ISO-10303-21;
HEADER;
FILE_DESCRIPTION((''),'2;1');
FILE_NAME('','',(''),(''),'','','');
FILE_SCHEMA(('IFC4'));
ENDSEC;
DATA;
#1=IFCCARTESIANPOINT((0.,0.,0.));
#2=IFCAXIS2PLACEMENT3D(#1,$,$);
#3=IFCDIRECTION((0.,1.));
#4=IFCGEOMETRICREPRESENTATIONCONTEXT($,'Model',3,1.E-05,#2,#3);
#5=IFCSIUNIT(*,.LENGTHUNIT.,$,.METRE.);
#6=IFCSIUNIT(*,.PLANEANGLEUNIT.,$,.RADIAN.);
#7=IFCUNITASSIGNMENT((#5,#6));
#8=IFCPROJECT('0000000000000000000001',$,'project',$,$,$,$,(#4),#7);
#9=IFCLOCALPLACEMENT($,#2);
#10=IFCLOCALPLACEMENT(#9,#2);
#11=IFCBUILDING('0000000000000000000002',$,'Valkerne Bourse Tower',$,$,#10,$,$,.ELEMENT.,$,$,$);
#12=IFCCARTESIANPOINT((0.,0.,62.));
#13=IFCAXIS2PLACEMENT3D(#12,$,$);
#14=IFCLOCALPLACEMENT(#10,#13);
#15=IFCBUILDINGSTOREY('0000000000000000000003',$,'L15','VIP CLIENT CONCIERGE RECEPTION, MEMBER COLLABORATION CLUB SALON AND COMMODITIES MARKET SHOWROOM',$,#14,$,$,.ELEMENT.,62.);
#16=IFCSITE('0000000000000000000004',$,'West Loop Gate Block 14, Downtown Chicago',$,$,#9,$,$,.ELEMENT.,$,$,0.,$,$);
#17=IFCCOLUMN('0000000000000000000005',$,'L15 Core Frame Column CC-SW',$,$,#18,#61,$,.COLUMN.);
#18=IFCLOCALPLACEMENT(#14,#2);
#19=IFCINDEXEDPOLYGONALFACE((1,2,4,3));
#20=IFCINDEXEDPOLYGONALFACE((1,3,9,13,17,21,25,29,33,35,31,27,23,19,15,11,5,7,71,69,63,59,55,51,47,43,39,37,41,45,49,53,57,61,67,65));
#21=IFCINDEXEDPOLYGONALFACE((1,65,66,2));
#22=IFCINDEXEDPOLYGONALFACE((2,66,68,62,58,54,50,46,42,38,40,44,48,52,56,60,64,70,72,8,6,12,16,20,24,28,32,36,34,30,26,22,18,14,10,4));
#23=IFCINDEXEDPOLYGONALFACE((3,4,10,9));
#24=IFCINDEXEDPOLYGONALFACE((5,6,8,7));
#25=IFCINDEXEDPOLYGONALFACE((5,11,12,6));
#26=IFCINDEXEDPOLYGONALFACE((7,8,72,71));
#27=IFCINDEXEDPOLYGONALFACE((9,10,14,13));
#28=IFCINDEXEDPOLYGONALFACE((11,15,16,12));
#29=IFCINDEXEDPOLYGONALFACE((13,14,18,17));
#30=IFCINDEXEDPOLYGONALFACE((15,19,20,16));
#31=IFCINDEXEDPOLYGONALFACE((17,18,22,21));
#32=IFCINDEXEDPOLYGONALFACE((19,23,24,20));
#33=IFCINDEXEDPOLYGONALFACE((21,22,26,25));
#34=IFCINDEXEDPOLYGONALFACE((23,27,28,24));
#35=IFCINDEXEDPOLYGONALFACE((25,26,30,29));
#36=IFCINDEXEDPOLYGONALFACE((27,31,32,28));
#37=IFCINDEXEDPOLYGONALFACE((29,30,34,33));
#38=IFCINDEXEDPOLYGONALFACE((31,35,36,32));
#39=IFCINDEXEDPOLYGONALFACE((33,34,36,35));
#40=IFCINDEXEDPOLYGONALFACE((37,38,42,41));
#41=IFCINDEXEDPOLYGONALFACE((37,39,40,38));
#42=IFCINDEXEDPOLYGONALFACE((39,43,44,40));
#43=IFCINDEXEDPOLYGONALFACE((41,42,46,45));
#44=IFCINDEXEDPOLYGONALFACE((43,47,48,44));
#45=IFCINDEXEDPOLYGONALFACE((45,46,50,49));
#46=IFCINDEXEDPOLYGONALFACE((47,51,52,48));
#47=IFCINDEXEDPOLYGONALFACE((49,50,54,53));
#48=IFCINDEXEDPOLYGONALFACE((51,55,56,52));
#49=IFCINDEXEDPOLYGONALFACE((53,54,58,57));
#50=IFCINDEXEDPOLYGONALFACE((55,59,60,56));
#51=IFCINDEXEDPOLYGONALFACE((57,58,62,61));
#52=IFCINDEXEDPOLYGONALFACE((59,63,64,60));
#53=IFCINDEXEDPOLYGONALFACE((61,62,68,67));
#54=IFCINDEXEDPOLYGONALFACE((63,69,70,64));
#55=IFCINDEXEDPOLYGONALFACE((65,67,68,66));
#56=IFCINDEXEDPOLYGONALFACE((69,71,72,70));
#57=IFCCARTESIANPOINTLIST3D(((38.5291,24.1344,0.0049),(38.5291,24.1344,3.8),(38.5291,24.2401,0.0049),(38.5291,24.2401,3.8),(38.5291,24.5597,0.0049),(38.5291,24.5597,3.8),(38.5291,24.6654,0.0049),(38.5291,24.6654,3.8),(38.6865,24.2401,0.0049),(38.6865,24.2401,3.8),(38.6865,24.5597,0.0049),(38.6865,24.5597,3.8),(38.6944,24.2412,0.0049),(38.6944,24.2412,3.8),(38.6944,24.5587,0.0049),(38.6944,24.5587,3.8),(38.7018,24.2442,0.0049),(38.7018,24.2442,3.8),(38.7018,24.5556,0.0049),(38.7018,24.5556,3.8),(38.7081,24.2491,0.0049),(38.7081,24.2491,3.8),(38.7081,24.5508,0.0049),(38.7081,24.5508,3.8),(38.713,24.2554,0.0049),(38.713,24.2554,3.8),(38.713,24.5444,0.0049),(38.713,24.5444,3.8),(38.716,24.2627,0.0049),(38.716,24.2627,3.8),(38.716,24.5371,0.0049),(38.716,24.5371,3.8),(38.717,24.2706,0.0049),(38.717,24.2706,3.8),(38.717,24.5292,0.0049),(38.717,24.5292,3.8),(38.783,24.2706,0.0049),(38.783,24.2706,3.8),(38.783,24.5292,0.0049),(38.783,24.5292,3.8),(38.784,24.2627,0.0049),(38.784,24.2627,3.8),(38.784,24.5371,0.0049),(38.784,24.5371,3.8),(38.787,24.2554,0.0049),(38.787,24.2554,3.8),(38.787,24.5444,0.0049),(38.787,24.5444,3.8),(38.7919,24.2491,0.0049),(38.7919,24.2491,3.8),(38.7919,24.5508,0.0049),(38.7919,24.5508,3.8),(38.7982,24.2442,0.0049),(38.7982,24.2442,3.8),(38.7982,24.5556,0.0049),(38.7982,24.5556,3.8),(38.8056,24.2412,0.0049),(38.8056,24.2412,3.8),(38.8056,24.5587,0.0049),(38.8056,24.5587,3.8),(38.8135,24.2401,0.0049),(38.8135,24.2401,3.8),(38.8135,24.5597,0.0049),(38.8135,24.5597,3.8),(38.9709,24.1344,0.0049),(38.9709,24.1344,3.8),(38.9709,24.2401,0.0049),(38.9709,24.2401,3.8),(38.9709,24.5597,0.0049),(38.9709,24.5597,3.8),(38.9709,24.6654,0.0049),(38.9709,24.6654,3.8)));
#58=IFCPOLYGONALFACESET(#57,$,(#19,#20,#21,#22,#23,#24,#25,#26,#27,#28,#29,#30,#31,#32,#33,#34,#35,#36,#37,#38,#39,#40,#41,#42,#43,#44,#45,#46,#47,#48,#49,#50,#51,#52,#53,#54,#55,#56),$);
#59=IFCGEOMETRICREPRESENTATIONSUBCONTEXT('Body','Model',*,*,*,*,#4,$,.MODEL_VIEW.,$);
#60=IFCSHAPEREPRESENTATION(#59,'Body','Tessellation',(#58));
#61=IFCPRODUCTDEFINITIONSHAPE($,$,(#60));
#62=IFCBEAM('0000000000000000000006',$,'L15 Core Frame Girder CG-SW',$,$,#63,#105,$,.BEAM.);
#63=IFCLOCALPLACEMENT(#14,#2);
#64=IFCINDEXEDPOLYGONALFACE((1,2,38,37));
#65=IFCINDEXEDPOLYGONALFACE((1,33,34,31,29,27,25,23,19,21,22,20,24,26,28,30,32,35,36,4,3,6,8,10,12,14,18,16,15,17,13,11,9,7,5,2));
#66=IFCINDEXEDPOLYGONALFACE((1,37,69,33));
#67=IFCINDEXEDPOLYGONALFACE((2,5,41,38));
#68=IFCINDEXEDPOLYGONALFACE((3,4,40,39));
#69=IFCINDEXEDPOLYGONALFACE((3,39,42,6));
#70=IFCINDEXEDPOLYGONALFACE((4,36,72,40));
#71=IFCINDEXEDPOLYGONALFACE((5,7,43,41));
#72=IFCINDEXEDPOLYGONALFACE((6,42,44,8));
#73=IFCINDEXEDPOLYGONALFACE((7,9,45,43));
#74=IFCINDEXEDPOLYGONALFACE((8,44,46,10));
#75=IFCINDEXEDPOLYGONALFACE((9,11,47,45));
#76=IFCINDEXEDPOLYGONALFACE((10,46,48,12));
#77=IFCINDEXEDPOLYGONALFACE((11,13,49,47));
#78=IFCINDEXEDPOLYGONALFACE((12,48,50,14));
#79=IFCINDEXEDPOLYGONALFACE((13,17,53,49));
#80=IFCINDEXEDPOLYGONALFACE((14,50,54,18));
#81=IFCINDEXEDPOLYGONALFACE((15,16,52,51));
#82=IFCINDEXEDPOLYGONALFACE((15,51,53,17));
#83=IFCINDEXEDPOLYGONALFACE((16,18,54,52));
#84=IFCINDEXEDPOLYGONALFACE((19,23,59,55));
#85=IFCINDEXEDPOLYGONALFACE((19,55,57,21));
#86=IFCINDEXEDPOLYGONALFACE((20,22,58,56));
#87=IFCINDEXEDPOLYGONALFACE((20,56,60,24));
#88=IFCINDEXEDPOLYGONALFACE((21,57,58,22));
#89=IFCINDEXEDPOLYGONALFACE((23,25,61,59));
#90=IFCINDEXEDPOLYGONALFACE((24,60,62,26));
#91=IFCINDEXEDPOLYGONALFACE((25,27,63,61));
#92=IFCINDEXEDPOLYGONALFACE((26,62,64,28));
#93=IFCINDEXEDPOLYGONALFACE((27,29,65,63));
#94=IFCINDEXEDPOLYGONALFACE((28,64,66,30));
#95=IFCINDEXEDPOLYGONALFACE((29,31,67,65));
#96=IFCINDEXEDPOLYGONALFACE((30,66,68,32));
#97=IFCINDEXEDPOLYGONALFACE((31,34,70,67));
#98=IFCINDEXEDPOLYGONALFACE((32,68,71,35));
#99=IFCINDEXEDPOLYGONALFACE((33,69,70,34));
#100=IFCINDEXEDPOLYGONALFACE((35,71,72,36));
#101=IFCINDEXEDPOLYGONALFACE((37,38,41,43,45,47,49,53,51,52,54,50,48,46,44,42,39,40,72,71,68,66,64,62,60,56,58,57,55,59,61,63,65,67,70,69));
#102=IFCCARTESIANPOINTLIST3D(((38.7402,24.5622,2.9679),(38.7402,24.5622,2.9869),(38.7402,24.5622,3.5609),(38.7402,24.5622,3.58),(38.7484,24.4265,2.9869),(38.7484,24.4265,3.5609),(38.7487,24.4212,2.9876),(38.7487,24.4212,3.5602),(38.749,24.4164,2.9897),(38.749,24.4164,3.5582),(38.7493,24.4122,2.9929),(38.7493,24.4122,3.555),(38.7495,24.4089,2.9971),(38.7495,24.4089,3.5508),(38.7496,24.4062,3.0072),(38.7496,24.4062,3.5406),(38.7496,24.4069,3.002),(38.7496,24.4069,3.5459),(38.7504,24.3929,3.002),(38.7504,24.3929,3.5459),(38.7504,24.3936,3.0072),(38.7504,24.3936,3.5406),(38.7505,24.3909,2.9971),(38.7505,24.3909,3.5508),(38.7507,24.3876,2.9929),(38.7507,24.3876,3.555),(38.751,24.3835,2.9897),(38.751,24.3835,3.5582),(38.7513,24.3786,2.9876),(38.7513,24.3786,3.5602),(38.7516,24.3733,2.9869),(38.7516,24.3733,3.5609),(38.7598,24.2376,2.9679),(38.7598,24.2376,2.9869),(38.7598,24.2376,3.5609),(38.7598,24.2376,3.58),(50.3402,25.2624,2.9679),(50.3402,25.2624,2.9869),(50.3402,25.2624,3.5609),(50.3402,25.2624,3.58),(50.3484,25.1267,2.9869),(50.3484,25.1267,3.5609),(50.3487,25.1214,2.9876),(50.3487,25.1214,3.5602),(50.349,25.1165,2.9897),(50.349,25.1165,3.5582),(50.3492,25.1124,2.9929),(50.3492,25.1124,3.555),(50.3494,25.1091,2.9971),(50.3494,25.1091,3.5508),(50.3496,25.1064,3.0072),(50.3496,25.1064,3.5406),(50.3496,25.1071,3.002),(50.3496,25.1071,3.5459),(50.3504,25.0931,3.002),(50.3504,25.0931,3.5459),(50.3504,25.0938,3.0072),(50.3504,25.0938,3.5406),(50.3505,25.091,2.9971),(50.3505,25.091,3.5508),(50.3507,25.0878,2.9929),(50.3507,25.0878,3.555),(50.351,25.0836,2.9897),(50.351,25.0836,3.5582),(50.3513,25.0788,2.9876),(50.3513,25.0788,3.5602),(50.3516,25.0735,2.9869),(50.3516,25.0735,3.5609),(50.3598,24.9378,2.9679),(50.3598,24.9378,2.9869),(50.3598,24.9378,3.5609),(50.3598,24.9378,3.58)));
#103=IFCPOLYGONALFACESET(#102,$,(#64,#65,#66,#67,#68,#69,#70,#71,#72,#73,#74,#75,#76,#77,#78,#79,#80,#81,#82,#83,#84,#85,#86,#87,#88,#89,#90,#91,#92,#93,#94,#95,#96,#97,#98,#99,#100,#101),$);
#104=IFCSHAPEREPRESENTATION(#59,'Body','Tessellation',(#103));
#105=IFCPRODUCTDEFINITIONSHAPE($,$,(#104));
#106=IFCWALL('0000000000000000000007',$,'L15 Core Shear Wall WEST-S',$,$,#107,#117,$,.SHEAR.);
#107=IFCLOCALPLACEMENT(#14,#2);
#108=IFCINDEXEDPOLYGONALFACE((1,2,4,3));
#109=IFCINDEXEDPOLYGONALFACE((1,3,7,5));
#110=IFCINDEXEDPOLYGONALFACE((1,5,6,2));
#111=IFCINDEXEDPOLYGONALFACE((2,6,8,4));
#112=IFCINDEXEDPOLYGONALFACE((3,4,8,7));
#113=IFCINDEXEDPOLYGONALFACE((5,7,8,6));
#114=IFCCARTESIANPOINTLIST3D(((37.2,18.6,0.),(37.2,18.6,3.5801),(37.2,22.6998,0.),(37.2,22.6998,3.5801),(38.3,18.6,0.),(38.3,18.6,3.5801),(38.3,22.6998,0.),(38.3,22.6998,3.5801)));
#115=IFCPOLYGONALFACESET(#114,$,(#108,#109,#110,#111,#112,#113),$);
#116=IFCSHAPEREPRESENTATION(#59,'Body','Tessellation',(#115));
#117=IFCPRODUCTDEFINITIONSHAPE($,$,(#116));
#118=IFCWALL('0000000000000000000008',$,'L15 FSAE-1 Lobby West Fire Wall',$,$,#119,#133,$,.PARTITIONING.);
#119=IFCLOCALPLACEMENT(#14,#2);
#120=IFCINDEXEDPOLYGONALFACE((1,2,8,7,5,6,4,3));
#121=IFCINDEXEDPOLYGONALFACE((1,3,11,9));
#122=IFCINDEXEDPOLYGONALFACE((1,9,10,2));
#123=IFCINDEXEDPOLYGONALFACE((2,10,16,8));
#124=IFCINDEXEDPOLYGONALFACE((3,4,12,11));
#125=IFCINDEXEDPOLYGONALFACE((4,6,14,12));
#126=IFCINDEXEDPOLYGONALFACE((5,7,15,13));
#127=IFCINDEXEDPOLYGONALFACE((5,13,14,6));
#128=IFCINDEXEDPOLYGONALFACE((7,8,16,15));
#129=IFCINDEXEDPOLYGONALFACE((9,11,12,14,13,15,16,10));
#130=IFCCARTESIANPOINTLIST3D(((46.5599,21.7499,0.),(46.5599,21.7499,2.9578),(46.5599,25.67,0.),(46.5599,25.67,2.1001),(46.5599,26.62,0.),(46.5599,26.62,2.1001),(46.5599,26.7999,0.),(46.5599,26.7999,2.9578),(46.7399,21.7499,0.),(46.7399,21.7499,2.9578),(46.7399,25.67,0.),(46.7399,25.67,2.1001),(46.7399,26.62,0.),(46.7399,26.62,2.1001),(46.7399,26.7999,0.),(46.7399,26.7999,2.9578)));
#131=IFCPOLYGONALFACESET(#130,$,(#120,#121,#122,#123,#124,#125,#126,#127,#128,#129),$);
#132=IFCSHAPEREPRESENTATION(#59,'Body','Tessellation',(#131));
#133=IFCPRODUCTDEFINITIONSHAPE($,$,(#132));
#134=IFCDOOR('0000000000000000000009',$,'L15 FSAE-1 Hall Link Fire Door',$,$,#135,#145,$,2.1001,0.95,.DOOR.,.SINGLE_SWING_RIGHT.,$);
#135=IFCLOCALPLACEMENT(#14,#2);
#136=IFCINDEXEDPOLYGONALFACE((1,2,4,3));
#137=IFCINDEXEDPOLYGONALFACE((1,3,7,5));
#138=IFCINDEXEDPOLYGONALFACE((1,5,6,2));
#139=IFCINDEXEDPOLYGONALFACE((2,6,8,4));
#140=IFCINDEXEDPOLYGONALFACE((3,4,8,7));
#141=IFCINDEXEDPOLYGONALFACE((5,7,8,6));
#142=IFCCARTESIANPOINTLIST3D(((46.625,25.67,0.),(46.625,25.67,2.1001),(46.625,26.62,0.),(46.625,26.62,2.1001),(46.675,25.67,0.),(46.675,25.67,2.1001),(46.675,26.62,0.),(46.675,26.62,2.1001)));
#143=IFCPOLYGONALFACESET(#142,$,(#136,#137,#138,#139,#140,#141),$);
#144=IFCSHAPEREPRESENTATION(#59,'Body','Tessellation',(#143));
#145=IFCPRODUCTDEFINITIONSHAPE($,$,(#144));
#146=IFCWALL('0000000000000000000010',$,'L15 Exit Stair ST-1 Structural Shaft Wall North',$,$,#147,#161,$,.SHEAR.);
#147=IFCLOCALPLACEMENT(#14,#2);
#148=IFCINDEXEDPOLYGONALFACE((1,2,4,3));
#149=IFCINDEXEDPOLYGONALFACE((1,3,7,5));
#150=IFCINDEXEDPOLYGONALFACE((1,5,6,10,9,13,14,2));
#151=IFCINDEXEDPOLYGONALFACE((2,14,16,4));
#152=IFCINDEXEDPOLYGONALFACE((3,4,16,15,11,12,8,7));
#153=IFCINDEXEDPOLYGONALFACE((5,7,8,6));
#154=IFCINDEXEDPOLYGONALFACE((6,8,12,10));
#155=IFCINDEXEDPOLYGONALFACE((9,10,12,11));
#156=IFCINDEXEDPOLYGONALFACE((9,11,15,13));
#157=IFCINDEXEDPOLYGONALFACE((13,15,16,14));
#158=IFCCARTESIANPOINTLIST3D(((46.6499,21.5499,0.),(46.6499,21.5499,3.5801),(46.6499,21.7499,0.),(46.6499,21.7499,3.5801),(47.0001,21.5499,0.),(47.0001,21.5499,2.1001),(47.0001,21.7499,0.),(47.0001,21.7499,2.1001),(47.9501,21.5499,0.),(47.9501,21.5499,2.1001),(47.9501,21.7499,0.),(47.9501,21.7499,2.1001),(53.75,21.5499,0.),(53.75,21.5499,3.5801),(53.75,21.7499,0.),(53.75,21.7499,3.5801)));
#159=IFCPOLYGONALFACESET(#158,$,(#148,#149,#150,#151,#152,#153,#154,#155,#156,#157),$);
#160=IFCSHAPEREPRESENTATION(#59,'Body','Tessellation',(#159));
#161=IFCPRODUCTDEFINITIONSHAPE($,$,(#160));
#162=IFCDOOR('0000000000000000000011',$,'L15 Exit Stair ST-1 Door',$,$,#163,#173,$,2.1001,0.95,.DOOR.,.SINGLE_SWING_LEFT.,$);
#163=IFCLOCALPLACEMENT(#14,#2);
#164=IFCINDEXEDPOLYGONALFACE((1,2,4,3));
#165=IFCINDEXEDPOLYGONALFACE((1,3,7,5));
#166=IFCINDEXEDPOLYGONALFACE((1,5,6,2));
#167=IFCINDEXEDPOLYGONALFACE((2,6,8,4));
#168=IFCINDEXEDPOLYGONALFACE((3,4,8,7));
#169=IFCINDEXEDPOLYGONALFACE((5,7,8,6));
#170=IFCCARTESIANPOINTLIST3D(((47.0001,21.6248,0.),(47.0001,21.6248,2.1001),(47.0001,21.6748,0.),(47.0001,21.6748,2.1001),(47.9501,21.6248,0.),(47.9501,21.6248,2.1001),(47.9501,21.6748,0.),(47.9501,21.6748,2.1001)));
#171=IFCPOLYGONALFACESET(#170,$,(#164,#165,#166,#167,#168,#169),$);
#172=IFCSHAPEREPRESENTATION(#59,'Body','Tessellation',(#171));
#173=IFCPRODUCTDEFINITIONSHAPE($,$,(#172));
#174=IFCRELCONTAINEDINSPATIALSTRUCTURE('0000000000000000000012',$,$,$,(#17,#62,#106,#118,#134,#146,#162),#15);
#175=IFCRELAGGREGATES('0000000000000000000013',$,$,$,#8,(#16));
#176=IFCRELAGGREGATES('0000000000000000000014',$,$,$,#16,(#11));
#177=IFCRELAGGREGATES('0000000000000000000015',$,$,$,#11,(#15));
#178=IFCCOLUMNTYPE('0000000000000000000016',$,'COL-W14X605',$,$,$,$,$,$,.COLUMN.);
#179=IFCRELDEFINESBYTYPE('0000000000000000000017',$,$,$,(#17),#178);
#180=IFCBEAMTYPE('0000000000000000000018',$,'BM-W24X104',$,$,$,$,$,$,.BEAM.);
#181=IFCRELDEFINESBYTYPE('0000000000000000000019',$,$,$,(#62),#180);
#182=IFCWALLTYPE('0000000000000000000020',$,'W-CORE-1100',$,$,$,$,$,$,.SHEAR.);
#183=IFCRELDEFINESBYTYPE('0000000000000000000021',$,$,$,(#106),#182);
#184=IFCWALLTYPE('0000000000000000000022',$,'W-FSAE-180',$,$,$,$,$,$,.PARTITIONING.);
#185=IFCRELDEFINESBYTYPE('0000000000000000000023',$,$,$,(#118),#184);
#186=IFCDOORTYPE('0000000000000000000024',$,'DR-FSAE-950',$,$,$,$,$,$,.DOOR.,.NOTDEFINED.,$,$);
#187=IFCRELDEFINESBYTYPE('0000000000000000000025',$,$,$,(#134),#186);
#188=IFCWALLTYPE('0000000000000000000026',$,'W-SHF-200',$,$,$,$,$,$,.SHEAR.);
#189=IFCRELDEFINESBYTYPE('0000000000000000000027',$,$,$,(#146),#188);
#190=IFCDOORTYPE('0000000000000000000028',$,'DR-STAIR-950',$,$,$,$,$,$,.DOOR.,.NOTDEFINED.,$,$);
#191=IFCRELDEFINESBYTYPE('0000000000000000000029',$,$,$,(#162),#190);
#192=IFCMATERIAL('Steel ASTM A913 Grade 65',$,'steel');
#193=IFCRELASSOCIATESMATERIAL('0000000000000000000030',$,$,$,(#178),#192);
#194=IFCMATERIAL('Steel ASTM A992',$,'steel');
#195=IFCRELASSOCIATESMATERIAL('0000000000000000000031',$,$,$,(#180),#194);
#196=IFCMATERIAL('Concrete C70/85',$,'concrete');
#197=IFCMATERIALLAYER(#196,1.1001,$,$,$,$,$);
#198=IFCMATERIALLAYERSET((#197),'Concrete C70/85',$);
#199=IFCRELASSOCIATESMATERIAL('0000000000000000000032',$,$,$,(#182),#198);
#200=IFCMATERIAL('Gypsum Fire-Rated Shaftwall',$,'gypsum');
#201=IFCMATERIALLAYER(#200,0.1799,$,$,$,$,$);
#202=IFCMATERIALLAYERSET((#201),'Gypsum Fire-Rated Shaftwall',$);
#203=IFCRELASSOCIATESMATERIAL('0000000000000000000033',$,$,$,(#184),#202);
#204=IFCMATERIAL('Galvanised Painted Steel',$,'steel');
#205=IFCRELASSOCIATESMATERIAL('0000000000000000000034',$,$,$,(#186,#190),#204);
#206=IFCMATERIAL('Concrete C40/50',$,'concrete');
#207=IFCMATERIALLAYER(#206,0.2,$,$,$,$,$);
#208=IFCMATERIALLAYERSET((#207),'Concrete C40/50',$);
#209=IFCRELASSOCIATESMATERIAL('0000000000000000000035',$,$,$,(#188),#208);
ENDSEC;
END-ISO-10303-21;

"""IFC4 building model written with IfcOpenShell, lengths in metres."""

from ifc_helpers import new_model, si_unit, direction, frame, frame_2d, origin, origin_2d, place, context, subcontext, project, spatial, rectangle, i_section, extrude, material, layer, layer_set, material_profile, profile_set, type_object, element, fill, save


model = new_model("IFC4")

# Units and contexts
model_context = context("Model", 3, precision=1e-05, world=origin(), true_north=direction((0.0, 1.0)))
body_context = subcontext(model_context, "Body", "Model", "MODEL_VIEW")
ifc_project = project(units=[si_unit("LENGTHUNIT", "METRE"), si_unit("PLANEANGLEUNIT", "RADIAN")], contexts=[model_context])

# Site, building, storey
site_placement = place(None, origin())
site = spatial("IfcSite", under=ifc_project, at=site_placement, Name="West Loop Gate Block 14, Downtown Chicago", CompositionType="ELEMENT", RefElevation=0.0)
building_placement = place(site_placement, origin())
building = spatial("IfcBuilding", under=site, at=building_placement, Name="Valkerne Bourse Tower", CompositionType="ELEMENT")
storey_placement = place(building_placement, frame((0.0, 0.0, 62.0)))
storey = spatial("IfcBuildingStorey", under=building, at=storey_placement, Name="L15", Description="VIP CLIENT CONCIERGE RECEPTION, MEMBER COLLABORATION CLUB SALON AND COMMODITIES MARKET SHOWROOM", CompositionType="ELEMENT", Elevation=62.0)

# Column
ifc_material_1 = material(Name="Steel ASTM A913 Grade 65", Category="steel")
ifc_material_profile_1 = material_profile(ifc_material_1, i_section(OverallWidth=0.4419, OverallDepth=0.531, WebThickness=0.0659, FlangeThickness=0.1057, FilletRadius=0.0305, at=origin_2d()), Name="W14X605")
ifc_profile_set_1 = profile_set([ifc_material_profile_1], Name="Steel ASTM A913 Grade 65")
column_type = type_object("IfcColumnType", Name="COL-W14X605", PredefinedType="COLUMN", material=ifc_profile_set_1)
column_placement = place(storey_placement, frame((38.75, 24.3999, 0.0049), z_axis=(0.0, 0.0, 1.0), x_axis=(1.0, 0.0, 0.0)))
element("IfcColumn", 1, at=column_placement, inside=storey, type_object=column_type, Name="L15 Core Frame Column CC-SW", PredefinedType="COLUMN", context=body_context, shape_type="SweptSolid", body=[
    extrude(i_section(OverallWidth=0.4419, OverallDepth=0.531, WebThickness=0.0659, FlangeThickness=0.1057, FilletRadius=0.0305, at=origin_2d()), origin(), (0.0, 0.0, 1.0), 3.7952),
])

# Beam
ifc_material_2 = material(Name="Steel ASTM A992", Category="steel")
ifc_material_profile_2 = material_profile(ifc_material_2, i_section(OverallWidth=0.3252, OverallDepth=0.6121, WebThickness=0.0127, FlangeThickness=0.019, FilletRadius=0.0203, at=origin_2d()), Name="W24X104")
ifc_profile_set_2 = profile_set([ifc_material_profile_2], Name="Steel ASTM A992")
beam_type = type_object("IfcBeamType", Name="BM-W24X104", PredefinedType="BEAM", material=ifc_profile_set_2)
beam_placement = place(storey_placement, frame((38.75, 24.3999, 3.2739), z_axis=(0.998183, 0.060251, 0.0), x_axis=(-0.060251, 0.998183, 0.0)))
element("IfcBeam", 2, at=beam_placement, inside=storey, type_object=beam_type, Name="L15 Core Frame Girder CG-SW", PredefinedType="BEAM", context=body_context, shape_type="SweptSolid", body=[
    extrude(i_section(OverallWidth=0.3252, OverallDepth=0.6121, WebThickness=0.0127, FlangeThickness=0.019, FilletRadius=0.0203, at=origin_2d()), origin(), (0.0, 0.0, 1.0), 11.6211),
])

# Shared definitions
ifc_material_3 = material(Name="Concrete C70/85", Category="concrete")
ifc_layer_1 = layer(ifc_material_3, 1.1001)
ifc_layer_set_1 = layer_set([ifc_layer_1], Name="Concrete C70/85")
wall_type_1 = type_object("IfcWallType", Name="W-CORE-1100", PredefinedType="SHEAR", material=ifc_layer_set_1)
ifc_material_4 = material(Name="Galvanised Painted Steel", Category="steel")

# Wall
wall_1_placement = place(storey_placement, frame((37.75, 18.6001, 0.0), z_axis=(0.0, 0.0, 1.0), x_axis=(0.0, 1.0, 0.0)))
element("IfcWall", 3, at=wall_1_placement, inside=storey, type_object=wall_type_1, Name="L15 Core Shear Wall WEST-S", PredefinedType="SHEAR", context=body_context, shape_type="SweptSolid", body=[
    extrude(rectangle(XDim=4.0999, YDim=1.1001, at=frame_2d((2.0498, 0.0))), origin(), (0.0, 0.0, 1.0), 3.5801),
])

# Wall, opening, door
ifc_material_5 = material(Name="Gypsum Fire-Rated Shaftwall", Category="gypsum")
ifc_layer_2 = layer(ifc_material_5, 0.1799)
ifc_layer_set_2 = layer_set([ifc_layer_2], Name="Gypsum Fire-Rated Shaftwall")
wall_type_2 = type_object("IfcWallType", Name="W-FSAE-180", PredefinedType="PARTITIONING", material=ifc_layer_set_2)
wall_2_placement = place(storey_placement, frame((46.6499, 21.75, 0.0), z_axis=(0.0, 0.0, 1.0), x_axis=(0.0, 1.0, 0.0)))
wall_2 = element("IfcWall", 4, at=wall_2_placement, inside=storey, type_object=wall_type_2, Name="L15 FSAE-1 Lobby West Fire Wall", PredefinedType="PARTITIONING", context=body_context, shape_type="SweptSolid", body=[
    extrude(rectangle(XDim=5.05, YDim=0.1799, at=frame_2d((2.5249, 0.0))), origin(), (0.0, 0.0, 1.0), 2.9578),
])
opening_1_placement = place(wall_2_placement, frame((3.9199, 0.0, 0.0)))
opening_1 = element("IfcOpeningElement", 5, at=opening_1_placement, cuts=wall_2, PredefinedType="OPENING", context=body_context, shape_type="SweptSolid", body=[
    extrude(rectangle(XDim=0.95, YDim=2.1001, at=frame_2d((0.4751, 1.05))), frame((0.0, 0.0999, 0.0), z_axis=(0.0, -1.0, 0.0), x_axis=(1.0, 0.0, 0.0)), (0.0, 0.0, 1.0), 0.2),
])
door_type_1 = type_object("IfcDoorType", Name="DR-FSAE-950", OperationType="NOTDEFINED", PredefinedType="DOOR", material=ifc_material_4)
door_1_placement = place(opening_1_placement, origin())
door_1 = element("IfcDoor", 6, at=door_1_placement, inside=storey, type_object=door_type_1, Name="L15 FSAE-1 Hall Link Fire Door", OperationType="SINGLE_SWING_RIGHT", OverallHeight=2.1001, OverallWidth=0.95, PredefinedType="DOOR", context=body_context, shape_type="SweptSolid", body=[
    extrude(rectangle(XDim=0.95, YDim=2.1001, at=frame_2d((0.4751, 1.05))), frame((0.0, 0.0249, 0.0), z_axis=(0.0, -1.0, 0.0), x_axis=(1.0, 0.0, 0.0)), (0.0, 0.0, 1.0), 0.05),
])
fill(opening_1, door_1)

# Wall, opening, door
ifc_material_6 = material(Name="Concrete C40/50", Category="concrete")
ifc_layer_3 = layer(ifc_material_6, 0.2)
ifc_layer_set_3 = layer_set([ifc_layer_3], Name="Concrete C40/50")
wall_type_3 = type_object("IfcWallType", Name="W-SHF-200", PredefinedType="SHEAR", material=ifc_layer_set_3)
wall_3_placement = place(storey_placement, frame((46.6499, 21.6499, 0.0), z_axis=(0.0, 0.0, 1.0), x_axis=(1.0, 0.0, 0.0)))
wall_3 = element("IfcWall", 7, at=wall_3_placement, inside=storey, type_object=wall_type_3, Name="L15 Exit Stair ST-1 Structural Shaft Wall North", PredefinedType="SHEAR", context=body_context, shape_type="SweptSolid", body=[
    extrude(rectangle(XDim=7.1001, YDim=0.2, at=frame_2d((3.55, 0.0))), origin(), (0.0, 0.0, 1.0), 3.5801),
])
opening_2_placement = place(wall_3_placement, frame((0.3501, 0.0, 0.0)))
opening_2 = element("IfcOpeningElement", 8, at=opening_2_placement, cuts=wall_3, PredefinedType="OPENING", context=body_context, shape_type="SweptSolid", body=[
    extrude(rectangle(XDim=0.95, YDim=2.1001, at=frame_2d((0.4751, 1.05))), frame((0.0, 0.1099, 0.0), z_axis=(0.0, -1.0, 0.0), x_axis=(1.0, 0.0, 0.0)), (0.0, 0.0, 1.0), 0.22),
])
door_type_2 = type_object("IfcDoorType", Name="DR-STAIR-950", OperationType="NOTDEFINED", PredefinedType="DOOR", material=ifc_material_4)
door_2_placement = place(opening_2_placement, origin())
door_2 = element("IfcDoor", 9, at=door_2_placement, inside=storey, type_object=door_type_2, Name="L15 Exit Stair ST-1 Door", OperationType="SINGLE_SWING_LEFT", OverallHeight=2.1001, OverallWidth=0.95, PredefinedType="DOOR", context=body_context, shape_type="SweptSolid", body=[
    extrude(rectangle(XDim=0.95, YDim=2.1001, at=frame_2d((0.4751, 1.05))), frame((0.0, 0.0249, 0.0), z_axis=(0.0, -1.0, 0.0), x_axis=(1.0, 0.0, 0.0)), (0.0, 0.0, 1.0), 0.05),
])
fill(opening_2, door_2)

save(model, "model.ifc")
